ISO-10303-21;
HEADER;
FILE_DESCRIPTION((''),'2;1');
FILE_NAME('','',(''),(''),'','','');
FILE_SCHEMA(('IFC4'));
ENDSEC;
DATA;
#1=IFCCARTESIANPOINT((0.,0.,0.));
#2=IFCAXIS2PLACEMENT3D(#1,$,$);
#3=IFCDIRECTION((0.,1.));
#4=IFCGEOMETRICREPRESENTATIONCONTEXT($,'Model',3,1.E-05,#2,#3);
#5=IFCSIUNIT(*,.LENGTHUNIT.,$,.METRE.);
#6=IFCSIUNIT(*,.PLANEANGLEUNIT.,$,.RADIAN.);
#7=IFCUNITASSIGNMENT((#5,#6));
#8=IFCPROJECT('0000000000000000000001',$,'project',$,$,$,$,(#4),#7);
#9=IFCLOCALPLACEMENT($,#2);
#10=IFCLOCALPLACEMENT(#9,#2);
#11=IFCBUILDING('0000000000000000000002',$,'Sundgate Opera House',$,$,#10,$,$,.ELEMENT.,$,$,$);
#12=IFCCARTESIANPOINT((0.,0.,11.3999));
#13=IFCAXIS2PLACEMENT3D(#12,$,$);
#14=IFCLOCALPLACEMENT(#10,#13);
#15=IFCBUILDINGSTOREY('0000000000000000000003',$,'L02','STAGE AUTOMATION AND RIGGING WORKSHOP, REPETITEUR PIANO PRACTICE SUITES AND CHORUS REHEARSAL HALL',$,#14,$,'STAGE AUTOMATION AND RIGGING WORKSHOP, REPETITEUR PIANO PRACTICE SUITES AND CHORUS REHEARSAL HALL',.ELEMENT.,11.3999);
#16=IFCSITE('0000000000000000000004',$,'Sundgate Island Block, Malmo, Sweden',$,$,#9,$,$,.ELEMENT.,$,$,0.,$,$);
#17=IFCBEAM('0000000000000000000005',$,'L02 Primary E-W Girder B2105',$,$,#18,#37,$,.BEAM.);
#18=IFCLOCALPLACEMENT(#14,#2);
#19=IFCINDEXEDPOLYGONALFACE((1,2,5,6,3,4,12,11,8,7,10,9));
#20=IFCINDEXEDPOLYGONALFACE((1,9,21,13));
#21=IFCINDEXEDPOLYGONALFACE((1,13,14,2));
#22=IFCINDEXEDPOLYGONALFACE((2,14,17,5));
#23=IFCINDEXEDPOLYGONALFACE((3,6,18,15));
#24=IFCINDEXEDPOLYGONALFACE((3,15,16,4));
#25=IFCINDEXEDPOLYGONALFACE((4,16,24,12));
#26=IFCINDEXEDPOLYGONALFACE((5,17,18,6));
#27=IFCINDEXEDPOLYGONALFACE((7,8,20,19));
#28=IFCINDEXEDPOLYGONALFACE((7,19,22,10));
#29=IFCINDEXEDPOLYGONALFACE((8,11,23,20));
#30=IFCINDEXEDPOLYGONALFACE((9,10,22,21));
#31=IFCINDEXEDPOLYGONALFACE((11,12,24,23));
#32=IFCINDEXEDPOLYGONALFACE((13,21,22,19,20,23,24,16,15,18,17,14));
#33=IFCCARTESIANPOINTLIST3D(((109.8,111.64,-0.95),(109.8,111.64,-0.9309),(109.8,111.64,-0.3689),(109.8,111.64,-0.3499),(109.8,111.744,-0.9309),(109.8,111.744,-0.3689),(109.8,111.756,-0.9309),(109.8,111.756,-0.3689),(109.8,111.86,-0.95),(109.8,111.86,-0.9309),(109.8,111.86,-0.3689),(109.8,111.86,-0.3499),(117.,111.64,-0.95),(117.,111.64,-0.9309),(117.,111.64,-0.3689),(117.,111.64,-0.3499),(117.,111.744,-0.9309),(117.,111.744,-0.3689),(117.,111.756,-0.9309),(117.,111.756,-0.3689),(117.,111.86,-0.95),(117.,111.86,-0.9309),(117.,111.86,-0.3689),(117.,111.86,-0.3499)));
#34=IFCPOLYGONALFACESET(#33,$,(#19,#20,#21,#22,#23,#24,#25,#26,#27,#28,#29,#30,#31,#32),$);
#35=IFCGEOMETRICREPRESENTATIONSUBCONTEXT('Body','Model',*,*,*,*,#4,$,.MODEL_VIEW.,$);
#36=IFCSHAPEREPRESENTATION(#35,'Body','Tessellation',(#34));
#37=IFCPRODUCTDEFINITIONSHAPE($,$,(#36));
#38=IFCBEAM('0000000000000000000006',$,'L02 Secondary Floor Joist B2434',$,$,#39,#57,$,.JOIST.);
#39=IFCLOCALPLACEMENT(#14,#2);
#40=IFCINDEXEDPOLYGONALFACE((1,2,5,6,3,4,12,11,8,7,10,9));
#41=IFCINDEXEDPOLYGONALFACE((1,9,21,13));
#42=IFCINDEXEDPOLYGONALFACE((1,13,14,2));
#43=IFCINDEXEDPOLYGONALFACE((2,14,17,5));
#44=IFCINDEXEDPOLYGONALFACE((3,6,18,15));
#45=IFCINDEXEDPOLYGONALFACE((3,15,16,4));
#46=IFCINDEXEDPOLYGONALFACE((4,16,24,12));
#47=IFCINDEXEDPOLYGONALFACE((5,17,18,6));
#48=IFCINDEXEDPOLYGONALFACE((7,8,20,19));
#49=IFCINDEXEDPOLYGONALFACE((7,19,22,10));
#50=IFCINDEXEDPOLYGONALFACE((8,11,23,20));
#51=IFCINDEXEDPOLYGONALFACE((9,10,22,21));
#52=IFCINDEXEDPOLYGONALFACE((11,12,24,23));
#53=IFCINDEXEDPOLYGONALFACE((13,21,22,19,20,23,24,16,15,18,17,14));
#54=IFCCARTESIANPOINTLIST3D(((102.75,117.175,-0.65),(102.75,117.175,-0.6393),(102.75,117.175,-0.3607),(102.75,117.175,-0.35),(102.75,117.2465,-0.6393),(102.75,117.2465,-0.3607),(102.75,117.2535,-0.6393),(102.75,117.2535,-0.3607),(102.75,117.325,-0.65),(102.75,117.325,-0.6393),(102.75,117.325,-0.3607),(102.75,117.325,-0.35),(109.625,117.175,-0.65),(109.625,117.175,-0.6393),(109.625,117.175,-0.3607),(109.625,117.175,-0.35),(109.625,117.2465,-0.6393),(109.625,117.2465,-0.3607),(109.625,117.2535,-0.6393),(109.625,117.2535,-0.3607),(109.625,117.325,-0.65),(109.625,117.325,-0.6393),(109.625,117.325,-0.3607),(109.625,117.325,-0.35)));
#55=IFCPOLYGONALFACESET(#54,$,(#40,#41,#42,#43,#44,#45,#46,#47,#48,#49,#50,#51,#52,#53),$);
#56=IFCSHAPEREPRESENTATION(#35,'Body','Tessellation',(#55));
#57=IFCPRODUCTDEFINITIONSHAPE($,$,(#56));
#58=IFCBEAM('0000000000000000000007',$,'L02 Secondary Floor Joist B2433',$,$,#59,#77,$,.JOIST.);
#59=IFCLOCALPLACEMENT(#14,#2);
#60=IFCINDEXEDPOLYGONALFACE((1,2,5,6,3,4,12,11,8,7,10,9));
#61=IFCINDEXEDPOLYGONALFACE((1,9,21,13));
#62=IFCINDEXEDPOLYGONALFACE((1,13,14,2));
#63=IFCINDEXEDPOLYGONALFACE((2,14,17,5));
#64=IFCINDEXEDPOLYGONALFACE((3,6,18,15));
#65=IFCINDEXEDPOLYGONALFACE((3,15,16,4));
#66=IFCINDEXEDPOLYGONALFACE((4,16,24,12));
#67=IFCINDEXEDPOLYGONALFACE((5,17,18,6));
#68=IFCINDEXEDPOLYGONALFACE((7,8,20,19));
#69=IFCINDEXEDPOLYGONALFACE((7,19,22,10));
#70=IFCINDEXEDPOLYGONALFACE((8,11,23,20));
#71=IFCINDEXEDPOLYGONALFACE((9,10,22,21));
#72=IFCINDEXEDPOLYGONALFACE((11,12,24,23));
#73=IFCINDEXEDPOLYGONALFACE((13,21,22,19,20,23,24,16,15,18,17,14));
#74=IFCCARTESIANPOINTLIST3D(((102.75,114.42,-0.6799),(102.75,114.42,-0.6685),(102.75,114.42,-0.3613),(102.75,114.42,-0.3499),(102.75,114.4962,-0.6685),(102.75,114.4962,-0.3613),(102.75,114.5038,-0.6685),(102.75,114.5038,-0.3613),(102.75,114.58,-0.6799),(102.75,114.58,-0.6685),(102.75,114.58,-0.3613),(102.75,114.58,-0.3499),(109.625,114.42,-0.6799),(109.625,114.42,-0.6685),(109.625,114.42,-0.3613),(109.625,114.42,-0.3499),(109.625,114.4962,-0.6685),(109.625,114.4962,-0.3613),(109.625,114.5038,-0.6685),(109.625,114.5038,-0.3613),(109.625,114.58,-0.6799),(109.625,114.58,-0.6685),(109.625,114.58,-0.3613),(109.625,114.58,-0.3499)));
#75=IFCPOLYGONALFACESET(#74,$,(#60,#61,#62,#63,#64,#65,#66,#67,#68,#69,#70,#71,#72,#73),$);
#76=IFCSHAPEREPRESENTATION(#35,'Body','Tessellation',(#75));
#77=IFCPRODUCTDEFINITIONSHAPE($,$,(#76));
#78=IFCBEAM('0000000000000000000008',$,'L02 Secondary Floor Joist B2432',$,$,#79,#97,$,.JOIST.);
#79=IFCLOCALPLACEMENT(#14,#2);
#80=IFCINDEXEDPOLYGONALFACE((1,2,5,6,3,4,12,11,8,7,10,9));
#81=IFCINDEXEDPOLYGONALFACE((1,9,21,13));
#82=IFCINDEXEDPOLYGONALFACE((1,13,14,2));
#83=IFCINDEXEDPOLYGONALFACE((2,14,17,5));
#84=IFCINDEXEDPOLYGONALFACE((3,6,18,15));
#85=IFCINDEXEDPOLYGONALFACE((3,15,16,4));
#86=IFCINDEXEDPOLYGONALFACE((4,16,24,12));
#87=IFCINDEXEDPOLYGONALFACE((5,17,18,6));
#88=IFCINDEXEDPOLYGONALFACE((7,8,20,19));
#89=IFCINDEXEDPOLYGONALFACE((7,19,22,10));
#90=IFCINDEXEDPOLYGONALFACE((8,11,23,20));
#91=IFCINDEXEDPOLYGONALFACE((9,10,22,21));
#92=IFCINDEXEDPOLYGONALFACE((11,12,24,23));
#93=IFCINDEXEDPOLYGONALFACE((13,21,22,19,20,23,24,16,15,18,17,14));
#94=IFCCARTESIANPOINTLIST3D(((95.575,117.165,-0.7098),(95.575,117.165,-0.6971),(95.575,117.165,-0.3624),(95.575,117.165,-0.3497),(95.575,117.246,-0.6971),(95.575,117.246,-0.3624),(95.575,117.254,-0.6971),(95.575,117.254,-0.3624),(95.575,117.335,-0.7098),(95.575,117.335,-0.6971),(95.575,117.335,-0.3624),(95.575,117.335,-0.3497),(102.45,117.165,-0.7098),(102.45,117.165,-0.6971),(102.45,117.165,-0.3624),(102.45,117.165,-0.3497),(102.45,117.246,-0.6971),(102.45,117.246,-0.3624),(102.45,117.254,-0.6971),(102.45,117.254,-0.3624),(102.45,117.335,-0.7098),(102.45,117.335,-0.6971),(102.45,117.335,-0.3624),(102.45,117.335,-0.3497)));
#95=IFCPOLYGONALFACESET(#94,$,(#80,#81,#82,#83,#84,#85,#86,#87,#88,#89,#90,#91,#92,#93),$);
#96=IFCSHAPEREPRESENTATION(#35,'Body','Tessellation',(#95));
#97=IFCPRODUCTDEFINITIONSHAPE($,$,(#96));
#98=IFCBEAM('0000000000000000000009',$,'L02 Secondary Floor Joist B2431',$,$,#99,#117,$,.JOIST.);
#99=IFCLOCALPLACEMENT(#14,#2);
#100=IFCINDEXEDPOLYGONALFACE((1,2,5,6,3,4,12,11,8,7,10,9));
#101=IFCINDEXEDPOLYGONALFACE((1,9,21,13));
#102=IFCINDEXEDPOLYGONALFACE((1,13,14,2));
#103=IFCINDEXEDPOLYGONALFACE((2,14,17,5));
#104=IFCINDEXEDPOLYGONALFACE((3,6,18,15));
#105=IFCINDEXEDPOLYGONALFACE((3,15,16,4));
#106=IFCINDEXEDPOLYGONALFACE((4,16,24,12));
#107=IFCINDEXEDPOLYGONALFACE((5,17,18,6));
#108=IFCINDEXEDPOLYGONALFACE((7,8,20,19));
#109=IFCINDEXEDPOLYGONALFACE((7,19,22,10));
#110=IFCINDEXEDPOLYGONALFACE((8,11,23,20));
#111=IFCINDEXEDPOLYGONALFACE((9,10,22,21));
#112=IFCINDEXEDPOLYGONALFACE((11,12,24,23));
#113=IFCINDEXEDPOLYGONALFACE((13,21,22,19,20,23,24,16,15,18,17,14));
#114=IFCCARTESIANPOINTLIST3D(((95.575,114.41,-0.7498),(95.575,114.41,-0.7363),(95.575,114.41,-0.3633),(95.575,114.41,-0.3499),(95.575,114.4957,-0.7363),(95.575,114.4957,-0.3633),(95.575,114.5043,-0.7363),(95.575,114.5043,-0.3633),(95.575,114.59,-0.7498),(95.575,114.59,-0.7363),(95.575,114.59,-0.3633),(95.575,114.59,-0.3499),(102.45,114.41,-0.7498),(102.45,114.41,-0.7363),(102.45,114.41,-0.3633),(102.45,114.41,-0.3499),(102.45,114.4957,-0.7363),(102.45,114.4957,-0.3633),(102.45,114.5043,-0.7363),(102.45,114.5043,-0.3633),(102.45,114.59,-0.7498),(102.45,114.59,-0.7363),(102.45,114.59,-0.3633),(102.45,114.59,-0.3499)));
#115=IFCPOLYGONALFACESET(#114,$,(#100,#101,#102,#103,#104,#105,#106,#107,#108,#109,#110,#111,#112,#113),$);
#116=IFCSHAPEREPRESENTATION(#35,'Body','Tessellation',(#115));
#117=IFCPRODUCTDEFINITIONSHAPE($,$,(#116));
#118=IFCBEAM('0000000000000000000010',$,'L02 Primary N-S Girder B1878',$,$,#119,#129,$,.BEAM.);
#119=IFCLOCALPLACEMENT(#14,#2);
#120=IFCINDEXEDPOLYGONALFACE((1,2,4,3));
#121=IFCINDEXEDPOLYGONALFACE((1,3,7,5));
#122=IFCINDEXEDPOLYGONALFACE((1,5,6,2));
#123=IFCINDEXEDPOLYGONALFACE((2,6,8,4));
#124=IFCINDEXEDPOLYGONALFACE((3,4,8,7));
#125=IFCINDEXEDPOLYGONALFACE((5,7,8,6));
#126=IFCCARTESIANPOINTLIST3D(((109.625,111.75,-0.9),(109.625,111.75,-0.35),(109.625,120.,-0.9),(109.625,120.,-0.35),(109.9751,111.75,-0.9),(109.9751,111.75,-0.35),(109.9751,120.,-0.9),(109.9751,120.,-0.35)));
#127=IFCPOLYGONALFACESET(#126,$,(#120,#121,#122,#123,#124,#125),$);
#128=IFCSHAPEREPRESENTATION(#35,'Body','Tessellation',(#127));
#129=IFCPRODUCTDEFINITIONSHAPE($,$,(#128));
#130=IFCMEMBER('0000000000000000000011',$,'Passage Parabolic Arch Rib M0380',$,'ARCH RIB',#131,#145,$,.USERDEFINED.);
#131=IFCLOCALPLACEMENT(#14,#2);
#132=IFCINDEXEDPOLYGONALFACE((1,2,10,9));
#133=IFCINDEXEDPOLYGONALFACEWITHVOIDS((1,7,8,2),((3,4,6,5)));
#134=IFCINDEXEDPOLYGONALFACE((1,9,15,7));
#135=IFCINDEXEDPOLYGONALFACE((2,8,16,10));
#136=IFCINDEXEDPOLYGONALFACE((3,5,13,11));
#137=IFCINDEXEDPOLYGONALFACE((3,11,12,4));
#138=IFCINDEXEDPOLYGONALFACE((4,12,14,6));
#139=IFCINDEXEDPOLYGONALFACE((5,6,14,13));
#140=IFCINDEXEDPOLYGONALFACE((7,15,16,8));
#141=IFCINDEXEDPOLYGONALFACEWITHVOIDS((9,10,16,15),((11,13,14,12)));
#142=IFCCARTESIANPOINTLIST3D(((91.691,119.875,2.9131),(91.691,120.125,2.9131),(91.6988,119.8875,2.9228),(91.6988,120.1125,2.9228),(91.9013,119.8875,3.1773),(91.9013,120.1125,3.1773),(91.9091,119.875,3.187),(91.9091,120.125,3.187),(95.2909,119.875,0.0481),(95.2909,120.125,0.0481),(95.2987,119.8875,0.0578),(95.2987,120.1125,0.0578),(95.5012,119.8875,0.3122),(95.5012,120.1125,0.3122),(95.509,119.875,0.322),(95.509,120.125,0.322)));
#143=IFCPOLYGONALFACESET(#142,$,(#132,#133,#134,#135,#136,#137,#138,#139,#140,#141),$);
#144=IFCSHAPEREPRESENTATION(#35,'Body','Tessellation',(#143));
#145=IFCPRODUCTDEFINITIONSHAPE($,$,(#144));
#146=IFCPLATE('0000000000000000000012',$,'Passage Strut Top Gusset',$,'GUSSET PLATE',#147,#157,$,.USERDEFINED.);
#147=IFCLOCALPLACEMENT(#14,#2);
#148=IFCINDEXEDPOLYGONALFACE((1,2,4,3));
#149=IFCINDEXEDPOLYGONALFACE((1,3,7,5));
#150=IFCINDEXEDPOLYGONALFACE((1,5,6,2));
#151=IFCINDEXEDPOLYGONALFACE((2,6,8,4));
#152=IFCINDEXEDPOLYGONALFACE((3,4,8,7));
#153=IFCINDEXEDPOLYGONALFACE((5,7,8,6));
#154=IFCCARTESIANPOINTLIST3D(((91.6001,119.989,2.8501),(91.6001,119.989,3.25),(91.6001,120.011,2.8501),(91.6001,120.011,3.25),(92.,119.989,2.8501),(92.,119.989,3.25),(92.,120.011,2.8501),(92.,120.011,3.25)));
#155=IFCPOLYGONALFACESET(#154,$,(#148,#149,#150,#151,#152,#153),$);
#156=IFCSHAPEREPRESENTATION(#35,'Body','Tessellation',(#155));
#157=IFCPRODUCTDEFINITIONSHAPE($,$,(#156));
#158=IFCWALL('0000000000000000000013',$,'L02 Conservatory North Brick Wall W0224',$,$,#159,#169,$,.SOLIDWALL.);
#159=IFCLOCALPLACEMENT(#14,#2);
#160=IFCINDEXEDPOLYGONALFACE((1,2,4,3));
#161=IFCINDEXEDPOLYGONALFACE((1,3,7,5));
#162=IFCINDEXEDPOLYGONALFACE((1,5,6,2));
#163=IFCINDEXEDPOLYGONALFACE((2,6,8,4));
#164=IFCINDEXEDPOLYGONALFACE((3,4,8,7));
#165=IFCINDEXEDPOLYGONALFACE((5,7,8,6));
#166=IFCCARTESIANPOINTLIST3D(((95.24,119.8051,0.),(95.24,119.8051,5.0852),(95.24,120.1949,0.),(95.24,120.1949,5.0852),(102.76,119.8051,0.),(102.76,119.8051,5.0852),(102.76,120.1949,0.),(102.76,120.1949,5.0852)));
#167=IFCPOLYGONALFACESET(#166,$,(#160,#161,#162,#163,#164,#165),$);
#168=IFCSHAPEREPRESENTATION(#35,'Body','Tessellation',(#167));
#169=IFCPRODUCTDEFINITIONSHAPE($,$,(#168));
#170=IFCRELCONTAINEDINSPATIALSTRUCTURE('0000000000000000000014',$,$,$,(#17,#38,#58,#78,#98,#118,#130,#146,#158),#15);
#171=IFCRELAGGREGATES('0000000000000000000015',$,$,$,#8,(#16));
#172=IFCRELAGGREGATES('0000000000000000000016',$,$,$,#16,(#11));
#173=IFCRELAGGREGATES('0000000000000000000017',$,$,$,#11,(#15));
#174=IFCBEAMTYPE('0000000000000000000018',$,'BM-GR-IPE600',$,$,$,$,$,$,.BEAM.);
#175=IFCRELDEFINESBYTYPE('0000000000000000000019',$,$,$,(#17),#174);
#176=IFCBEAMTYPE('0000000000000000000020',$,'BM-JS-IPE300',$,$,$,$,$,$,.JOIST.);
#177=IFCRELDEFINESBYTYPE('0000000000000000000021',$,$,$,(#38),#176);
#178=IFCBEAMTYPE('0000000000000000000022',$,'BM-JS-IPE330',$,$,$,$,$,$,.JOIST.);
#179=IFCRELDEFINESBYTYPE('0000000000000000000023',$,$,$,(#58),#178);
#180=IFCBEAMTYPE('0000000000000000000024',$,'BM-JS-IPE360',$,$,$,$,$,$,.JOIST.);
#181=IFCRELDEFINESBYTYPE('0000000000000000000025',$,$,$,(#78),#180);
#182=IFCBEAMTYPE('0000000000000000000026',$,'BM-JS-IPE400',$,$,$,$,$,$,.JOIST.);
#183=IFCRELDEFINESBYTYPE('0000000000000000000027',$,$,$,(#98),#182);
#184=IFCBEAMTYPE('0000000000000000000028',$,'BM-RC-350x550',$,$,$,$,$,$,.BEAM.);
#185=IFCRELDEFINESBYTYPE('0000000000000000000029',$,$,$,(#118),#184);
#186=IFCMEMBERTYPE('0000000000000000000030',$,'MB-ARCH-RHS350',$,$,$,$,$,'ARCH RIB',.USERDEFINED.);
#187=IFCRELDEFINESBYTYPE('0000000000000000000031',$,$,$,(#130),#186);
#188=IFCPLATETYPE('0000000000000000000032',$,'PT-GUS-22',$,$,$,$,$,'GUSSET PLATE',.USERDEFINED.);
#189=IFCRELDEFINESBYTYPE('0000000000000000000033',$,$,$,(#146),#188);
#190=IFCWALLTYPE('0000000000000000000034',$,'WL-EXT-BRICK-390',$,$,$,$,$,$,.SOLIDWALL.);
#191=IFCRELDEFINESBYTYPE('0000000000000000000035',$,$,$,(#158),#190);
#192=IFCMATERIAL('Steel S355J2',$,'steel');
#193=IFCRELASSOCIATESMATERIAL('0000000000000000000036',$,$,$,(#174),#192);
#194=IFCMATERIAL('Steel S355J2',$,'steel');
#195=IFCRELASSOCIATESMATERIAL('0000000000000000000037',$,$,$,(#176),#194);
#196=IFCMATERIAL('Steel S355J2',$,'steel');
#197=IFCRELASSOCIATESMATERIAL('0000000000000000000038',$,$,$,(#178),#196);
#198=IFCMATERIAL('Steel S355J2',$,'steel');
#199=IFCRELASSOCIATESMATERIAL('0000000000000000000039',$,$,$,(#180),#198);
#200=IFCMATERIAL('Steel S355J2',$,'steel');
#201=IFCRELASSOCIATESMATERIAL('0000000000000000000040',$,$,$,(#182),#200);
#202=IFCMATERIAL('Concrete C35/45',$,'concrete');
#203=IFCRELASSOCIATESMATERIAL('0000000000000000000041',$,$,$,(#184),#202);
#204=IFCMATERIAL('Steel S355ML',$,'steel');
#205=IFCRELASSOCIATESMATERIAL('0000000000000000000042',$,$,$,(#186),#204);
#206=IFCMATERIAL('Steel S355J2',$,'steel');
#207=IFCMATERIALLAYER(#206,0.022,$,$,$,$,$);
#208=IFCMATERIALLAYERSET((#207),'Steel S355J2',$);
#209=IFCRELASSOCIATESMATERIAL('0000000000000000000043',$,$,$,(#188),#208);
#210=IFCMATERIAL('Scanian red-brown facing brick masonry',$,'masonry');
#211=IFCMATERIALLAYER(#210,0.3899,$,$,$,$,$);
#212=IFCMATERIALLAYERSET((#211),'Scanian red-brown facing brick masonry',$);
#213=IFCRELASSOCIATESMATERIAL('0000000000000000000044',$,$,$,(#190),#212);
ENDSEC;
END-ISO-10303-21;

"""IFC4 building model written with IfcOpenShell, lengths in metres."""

from ifc_helpers import new_model, si_unit, direction, frame, frame_2d, origin, origin_2d, place, context, subcontext, project, spatial, rectangle, hollow_rectangle, i_section, extrude, material, layer, layer_set, material_profile, profile_set, type_object, element, save


model = new_model("IFC4")

# Units and contexts
model_context = context("Model", 3, precision=1e-05, world=origin(), true_north=direction((0.0, 1.0)))
body_context = subcontext(model_context, "Body", "Model", "MODEL_VIEW")
ifc_project = project(units=[si_unit("LENGTHUNIT", "METRE"), si_unit("PLANEANGLEUNIT", "RADIAN")], contexts=[model_context])

# Site, building, storey
site_placement = place(None, origin())
site = spatial("IfcSite", under=ifc_project, at=site_placement, Name="Sundgate Island Block, Malmo, Sweden", CompositionType="ELEMENT", RefElevation=0.0)
building_placement = place(site_placement, origin())
building = spatial("IfcBuilding", under=site, at=building_placement, Name="Sundgate Opera House", CompositionType="ELEMENT")
storey_placement = place(building_placement, frame((0.0, 0.0, 11.3999)))
storey = spatial("IfcBuildingStorey", under=building, at=storey_placement, Name="L02", Description="STAGE AUTOMATION AND RIGGING WORKSHOP, REPETITEUR PIANO PRACTICE SUITES AND CHORUS REHEARSAL HALL", LongName="STAGE AUTOMATION AND RIGGING WORKSHOP, REPETITEUR PIANO PRACTICE SUITES AND CHORUS REHEARSAL HALL", CompositionType="ELEMENT", Elevation=11.3999)

# Beams
ifc_material_1 = material(Name="Steel S355J2", Category="steel")
ifc_material_profile_1 = material_profile(ifc_material_1, i_section(OverallWidth=0.22, OverallDepth=0.6001, WebThickness=0.012, FlangeThickness=0.019, at=origin_2d()), Name="IPE 600")
ifc_profile_set_1 = profile_set([ifc_material_profile_1], Name="Steel S355J2")
beam_type_1 = type_object("IfcBeamType", Name="BM-GR-IPE600", PredefinedType="BEAM", material=ifc_profile_set_1)
beam_1_placement = place(storey_placement, frame((109.8, 111.75, -0.6499), z_axis=(1.0, 0.0, 0.0), x_axis=(0.0, 1.0, 0.0)))
element("IfcBeam", 1, at=beam_1_placement, inside=storey, type_object=beam_type_1, Name="L02 Primary E-W Girder B2105", PredefinedType="BEAM", context=body_context, shape_type="SweptSolid", body=[
    extrude(i_section(OverallWidth=0.22, OverallDepth=0.6001, WebThickness=0.012, FlangeThickness=0.019, at=origin_2d()), origin(), (0.0, 0.0, 1.0), 7.2),
])
ifc_material_2 = material(Name="Steel S355J2", Category="steel")
ifc_material_profile_2 = material_profile(ifc_material_2, i_section(OverallWidth=0.1499, OverallDepth=0.3, WebThickness=0.0071, FlangeThickness=0.0107, at=origin_2d()), Name="IPE 300")
ifc_profile_set_2 = profile_set([ifc_material_profile_2], Name="Steel S355J2")
beam_type_2 = type_object("IfcBeamType", Name="BM-JS-IPE300", PredefinedType="JOIST", material=ifc_profile_set_2)
beam_2_placement = place(storey_placement, frame((102.75, 117.25, -0.5), z_axis=(1.0, 0.0, 0.0), x_axis=(0.0, 1.0, 0.0)))
element("IfcBeam", 2, at=beam_2_placement, inside=storey, type_object=beam_type_2, Name="L02 Secondary Floor Joist B2434", PredefinedType="JOIST", context=body_context, shape_type="SweptSolid", body=[
    extrude(i_section(OverallWidth=0.1499, OverallDepth=0.3, WebThickness=0.0071, FlangeThickness=0.0107, at=origin_2d()), origin(), (0.0, 0.0, 1.0), 6.875),
])
ifc_material_3 = material(Name="Steel S355J2", Category="steel")
ifc_material_profile_3 = material_profile(ifc_material_3, i_section(OverallWidth=0.1599, OverallDepth=0.3301, WebThickness=0.0076, FlangeThickness=0.0115, at=origin_2d()), Name="IPE 330")
ifc_profile_set_3 = profile_set([ifc_material_profile_3], Name="Steel S355J2")
beam_type_3 = type_object("IfcBeamType", Name="BM-JS-IPE330", PredefinedType="JOIST", material=ifc_profile_set_3)
beam_3_placement = place(storey_placement, frame((102.75, 114.5, -0.5149), z_axis=(1.0, 0.0, 0.0), x_axis=(0.0, 1.0, 0.0)))
element("IfcBeam", 3, at=beam_3_placement, inside=storey, type_object=beam_type_3, Name="L02 Secondary Floor Joist B2433", PredefinedType="JOIST", context=body_context, shape_type="SweptSolid", body=[
    extrude(i_section(OverallWidth=0.1599, OverallDepth=0.3301, WebThickness=0.0076, FlangeThickness=0.0115, at=origin_2d()), origin(), (0.0, 0.0, 1.0), 6.875),
])
ifc_material_4 = material(Name="Steel S355J2", Category="steel")
ifc_material_profile_4 = material_profile(ifc_material_4, i_section(OverallWidth=0.1699, OverallDepth=0.3601, WebThickness=0.0081, FlangeThickness=0.0127, at=origin_2d()), Name="IPE 360")
ifc_profile_set_4 = profile_set([ifc_material_profile_4], Name="Steel S355J2")
beam_type_4 = type_object("IfcBeamType", Name="BM-JS-IPE360", PredefinedType="JOIST", material=ifc_profile_set_4)
beam_4_placement = place(storey_placement, frame((95.575, 117.25, -0.5298), z_axis=(1.0, 0.0, 0.0), x_axis=(0.0, 1.0, 0.0)))
element("IfcBeam", 4, at=beam_4_placement, inside=storey, type_object=beam_type_4, Name="L02 Secondary Floor Joist B2432", PredefinedType="JOIST", context=body_context, shape_type="SweptSolid", body=[
    extrude(i_section(OverallWidth=0.1699, OverallDepth=0.3601, WebThickness=0.0081, FlangeThickness=0.0127, at=origin_2d()), origin(), (0.0, 0.0, 1.0), 6.875),
])
ifc_material_5 = material(Name="Steel S355J2", Category="steel")
ifc_material_profile_5 = material_profile(ifc_material_5, i_section(OverallWidth=0.1799, OverallDepth=0.3999, WebThickness=0.0085, FlangeThickness=0.0134, at=origin_2d()), Name="IPE 400")
ifc_profile_set_5 = profile_set([ifc_material_profile_5], Name="Steel S355J2")
beam_type_5 = type_object("IfcBeamType", Name="BM-JS-IPE400", PredefinedType="JOIST", material=ifc_profile_set_5)
beam_5_placement = place(storey_placement, frame((95.575, 114.5, -0.5498), z_axis=(1.0, 0.0, 0.0), x_axis=(0.0, 1.0, 0.0)))
element("IfcBeam", 5, at=beam_5_placement, inside=storey, type_object=beam_type_5, Name="L02 Secondary Floor Joist B2431", PredefinedType="JOIST", context=body_context, shape_type="SweptSolid", body=[
    extrude(i_section(OverallWidth=0.1799, OverallDepth=0.3999, WebThickness=0.0085, FlangeThickness=0.0134, at=origin_2d()), origin(), (0.0, 0.0, 1.0), 6.875),
])
ifc_material_6 = material(Name="Concrete C35/45", Category="concrete")
ifc_material_profile_6 = material_profile(ifc_material_6, rectangle(XDim=0.3501, YDim=0.55, at=origin_2d()), Name="RC 350x550")
ifc_profile_set_6 = profile_set([ifc_material_profile_6], Name="Concrete C35/45")
beam_type_6 = type_object("IfcBeamType", Name="BM-RC-350x550", PredefinedType="BEAM", material=ifc_profile_set_6)
beam_6_placement = place(storey_placement, frame((109.8, 111.75, -0.625), z_axis=(0.0, 1.0, 0.0), x_axis=(-1.0, 0.0, 0.0)))
element("IfcBeam", 6, at=beam_6_placement, inside=storey, type_object=beam_type_6, Name="L02 Primary N-S Girder B1878", PredefinedType="BEAM", context=body_context, shape_type="SweptSolid", body=[
    extrude(rectangle(XDim=0.3501, YDim=0.55, at=origin_2d()), origin(), (0.0, 0.0, 1.0), 8.25),
])

# Member
ifc_material_7 = material(Name="Steel S355ML", Category="steel")
ifc_material_profile_7 = material_profile(ifc_material_7, hollow_rectangle(XDim=0.25, YDim=0.3501, WallThickness=0.0125, at=origin_2d()), Name="RHS 350x250x12.5")
ifc_profile_set_7 = profile_set([ifc_material_profile_7], Name="Steel S355ML")
member_type = type_object("IfcMemberType", Name="MB-ARCH-RHS350", ElementType="ARCH RIB", PredefinedType="USERDEFINED", material=ifc_profile_set_7)
member_placement = place(storey_placement, frame((91.8, 120.0, 3.05), z_axis=(0.782445, 0.0, -0.622719), x_axis=(0.0, 1.0, 0.0)))
element("IfcMember", 7, at=member_placement, inside=storey, type_object=member_type, Name="Passage Parabolic Arch Rib M0380", ObjectType="ARCH RIB", PredefinedType="USERDEFINED", context=body_context, shape_type="SweptSolid", body=[
    extrude(hollow_rectangle(XDim=0.25, YDim=0.3501, WallThickness=0.0125, at=origin_2d()), origin(), (0.0, 0.0, 1.0), 4.6008),
])

# Plate
ifc_material_8 = material(Name="Steel S355J2", Category="steel")
ifc_layer_1 = layer(ifc_material_8, 0.022)
ifc_layer_set_1 = layer_set([ifc_layer_1], Name="Steel S355J2")
plate_type = type_object("IfcPlateType", Name="PT-GUS-22", ElementType="GUSSET PLATE", PredefinedType="USERDEFINED", material=ifc_layer_set_1)
plate_placement = place(storey_placement, frame((91.8, 120.0, 2.8501), z_axis=(0.0, 0.0, 1.0), x_axis=(1.0, 0.0, 0.0)))
element("IfcPlate", 8, at=plate_placement, inside=storey, type_object=plate_type, Name="Passage Strut Top Gusset", ObjectType="GUSSET PLATE", PredefinedType="USERDEFINED", context=body_context, shape_type="SweptSolid", body=[
    extrude(rectangle(XDim=0.3999, YDim=0.022, at=origin_2d()), origin(), (0.0, 0.0, 1.0), 0.3999),
])

# Wall
ifc_material_9 = material(Name="Scanian red-brown facing brick masonry", Category="masonry")
ifc_layer_2 = layer(ifc_material_9, 0.3899)
ifc_layer_set_2 = layer_set([ifc_layer_2], Name="Scanian red-brown facing brick masonry")
wall_type = type_object("IfcWallType", Name="WL-EXT-BRICK-390", PredefinedType="SOLIDWALL", material=ifc_layer_set_2)
wall_1_placement = place(storey_placement, frame((95.24, 120.0, 0.0), z_axis=(0.0, 0.0, 1.0), x_axis=(1.0, 0.0, 0.0)))
element("IfcWall", 9, at=wall_1_placement, inside=storey, type_object=wall_type, Name="L02 Conservatory North Brick Wall W0224", PredefinedType="SOLIDWALL", context=body_context, shape_type="SweptSolid", body=[
    extrude(rectangle(XDim=7.52, YDim=0.3899, at=frame_2d((3.76, 0.0))), origin(), (0.0, 0.0, 1.0), 5.0852),
])

save(model, "model.ifc")
